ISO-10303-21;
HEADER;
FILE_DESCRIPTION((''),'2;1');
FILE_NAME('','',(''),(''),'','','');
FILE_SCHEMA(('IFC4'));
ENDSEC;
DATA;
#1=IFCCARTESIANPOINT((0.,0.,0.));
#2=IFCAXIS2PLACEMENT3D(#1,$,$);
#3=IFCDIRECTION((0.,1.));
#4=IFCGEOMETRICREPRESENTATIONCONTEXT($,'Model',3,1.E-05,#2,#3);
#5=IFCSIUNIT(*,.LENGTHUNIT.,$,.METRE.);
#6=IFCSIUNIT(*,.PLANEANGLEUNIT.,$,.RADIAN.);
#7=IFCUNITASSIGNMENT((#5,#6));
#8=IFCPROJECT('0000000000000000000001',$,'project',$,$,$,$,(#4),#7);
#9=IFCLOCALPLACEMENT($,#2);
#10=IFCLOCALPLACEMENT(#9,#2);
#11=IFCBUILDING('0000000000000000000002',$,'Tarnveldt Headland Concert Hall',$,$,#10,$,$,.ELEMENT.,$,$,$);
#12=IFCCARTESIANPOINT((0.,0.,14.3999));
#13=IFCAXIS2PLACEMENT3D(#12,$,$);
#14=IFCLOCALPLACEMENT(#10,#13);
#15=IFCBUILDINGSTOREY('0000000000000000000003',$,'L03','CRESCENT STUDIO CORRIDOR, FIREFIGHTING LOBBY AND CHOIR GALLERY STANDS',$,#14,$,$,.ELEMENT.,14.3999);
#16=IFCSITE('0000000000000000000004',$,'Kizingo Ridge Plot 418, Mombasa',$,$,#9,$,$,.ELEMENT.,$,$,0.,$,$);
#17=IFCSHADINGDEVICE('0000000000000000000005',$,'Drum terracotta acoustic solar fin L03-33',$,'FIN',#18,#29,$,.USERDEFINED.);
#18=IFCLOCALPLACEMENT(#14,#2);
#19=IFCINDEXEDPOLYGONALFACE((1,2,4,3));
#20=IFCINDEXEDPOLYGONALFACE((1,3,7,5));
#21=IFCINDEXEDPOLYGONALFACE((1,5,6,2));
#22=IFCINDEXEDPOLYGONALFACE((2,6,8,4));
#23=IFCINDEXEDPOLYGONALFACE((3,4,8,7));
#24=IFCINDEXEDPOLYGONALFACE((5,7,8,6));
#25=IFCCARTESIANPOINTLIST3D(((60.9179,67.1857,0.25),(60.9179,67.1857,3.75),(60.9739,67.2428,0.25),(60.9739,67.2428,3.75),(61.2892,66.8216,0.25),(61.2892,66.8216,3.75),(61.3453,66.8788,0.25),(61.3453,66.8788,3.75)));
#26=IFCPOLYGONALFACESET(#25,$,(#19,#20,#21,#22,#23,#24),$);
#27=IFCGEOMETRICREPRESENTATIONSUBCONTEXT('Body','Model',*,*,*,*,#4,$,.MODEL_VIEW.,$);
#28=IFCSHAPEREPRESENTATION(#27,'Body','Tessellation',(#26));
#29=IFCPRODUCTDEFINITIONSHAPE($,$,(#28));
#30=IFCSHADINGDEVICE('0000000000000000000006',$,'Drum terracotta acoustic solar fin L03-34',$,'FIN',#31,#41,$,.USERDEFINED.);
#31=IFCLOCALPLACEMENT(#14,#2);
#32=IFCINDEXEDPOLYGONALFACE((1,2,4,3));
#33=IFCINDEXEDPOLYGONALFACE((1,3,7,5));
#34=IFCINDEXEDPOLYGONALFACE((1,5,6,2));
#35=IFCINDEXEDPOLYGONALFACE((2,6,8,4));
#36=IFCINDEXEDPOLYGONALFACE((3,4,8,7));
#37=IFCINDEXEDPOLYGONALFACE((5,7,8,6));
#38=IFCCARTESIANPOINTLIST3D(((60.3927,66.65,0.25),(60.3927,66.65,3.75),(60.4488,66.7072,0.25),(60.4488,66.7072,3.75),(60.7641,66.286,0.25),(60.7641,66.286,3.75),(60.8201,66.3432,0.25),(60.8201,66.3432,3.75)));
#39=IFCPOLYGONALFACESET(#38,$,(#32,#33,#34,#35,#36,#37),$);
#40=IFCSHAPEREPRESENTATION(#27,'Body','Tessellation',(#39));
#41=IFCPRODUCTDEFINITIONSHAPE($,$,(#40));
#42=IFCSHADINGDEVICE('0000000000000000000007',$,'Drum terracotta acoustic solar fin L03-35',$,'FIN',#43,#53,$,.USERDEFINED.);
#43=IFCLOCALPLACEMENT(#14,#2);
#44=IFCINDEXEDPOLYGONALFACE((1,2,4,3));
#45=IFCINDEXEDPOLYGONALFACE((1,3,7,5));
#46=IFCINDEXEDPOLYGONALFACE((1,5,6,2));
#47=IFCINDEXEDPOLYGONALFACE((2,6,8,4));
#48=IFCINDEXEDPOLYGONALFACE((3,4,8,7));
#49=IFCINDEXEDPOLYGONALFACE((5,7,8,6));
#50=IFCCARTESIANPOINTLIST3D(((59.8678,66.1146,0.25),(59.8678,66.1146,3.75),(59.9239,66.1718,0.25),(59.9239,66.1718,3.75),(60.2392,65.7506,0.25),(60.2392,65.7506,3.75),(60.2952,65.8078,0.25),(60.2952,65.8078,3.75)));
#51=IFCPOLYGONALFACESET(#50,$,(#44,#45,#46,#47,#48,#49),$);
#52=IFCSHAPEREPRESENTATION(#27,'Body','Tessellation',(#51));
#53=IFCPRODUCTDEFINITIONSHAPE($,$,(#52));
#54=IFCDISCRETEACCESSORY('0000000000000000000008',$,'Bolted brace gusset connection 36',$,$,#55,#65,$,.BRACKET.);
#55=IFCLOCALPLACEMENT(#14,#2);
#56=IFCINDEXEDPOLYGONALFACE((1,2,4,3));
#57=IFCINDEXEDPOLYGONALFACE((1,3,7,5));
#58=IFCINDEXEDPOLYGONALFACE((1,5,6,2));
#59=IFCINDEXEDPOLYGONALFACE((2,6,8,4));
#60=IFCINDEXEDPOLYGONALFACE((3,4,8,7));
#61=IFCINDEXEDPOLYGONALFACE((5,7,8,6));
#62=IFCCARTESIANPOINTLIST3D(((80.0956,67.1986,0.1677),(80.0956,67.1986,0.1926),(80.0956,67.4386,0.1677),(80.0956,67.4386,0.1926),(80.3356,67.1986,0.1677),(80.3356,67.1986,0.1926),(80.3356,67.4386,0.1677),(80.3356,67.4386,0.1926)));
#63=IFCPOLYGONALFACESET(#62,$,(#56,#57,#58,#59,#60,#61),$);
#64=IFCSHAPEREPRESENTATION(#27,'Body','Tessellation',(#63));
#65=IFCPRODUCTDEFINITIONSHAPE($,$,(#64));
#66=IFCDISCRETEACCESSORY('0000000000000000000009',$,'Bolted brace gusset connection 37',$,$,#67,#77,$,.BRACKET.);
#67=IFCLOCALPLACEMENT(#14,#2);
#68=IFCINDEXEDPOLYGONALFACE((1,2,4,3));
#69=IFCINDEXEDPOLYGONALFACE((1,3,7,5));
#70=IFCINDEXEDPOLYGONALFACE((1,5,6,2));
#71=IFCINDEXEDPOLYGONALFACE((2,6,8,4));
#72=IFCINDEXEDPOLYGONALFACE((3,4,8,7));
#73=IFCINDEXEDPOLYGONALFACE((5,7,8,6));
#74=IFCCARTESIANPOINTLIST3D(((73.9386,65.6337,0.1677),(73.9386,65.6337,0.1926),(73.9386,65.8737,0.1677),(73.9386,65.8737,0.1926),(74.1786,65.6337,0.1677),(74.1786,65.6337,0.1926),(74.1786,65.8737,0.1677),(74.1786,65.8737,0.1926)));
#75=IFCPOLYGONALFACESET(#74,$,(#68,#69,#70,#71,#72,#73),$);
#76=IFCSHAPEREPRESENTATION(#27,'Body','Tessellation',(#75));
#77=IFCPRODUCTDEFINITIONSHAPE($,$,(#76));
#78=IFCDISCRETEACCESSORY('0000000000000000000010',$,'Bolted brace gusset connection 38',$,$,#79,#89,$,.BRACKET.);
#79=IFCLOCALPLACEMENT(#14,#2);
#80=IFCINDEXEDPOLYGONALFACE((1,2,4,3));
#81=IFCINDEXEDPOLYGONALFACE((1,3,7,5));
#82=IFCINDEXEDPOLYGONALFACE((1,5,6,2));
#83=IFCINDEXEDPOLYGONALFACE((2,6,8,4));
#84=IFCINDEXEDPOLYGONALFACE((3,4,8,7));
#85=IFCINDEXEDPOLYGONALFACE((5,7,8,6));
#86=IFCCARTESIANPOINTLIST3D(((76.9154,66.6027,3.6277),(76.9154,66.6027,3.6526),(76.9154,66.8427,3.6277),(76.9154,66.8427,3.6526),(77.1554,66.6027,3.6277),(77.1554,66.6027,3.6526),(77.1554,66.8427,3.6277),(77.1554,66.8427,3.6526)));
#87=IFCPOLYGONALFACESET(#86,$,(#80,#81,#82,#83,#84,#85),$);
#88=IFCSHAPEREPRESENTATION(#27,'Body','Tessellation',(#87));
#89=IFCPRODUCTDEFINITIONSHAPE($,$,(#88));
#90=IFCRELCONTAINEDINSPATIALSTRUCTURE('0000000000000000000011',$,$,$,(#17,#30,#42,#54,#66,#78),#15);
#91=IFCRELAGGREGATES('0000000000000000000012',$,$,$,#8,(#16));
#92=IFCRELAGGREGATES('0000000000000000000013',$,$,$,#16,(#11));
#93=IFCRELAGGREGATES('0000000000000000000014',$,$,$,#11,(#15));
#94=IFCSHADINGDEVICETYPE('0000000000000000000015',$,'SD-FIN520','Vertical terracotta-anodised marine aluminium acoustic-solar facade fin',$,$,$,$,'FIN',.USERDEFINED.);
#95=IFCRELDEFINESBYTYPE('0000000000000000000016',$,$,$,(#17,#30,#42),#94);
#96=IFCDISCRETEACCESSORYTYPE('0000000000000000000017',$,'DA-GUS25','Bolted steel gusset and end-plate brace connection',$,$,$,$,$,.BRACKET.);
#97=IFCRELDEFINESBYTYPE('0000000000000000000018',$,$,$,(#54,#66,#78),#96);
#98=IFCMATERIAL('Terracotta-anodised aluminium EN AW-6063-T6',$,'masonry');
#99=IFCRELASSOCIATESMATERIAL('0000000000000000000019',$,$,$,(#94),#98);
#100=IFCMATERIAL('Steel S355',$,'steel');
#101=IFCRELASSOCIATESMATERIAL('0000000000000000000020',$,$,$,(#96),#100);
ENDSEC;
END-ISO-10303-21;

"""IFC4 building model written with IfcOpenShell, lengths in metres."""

from ifc_helpers import new_model, si_unit, direction, frame, origin, origin_2d, place, context, subcontext, project, spatial, rectangle, extrude, material, type_object, element, save


model = new_model("IFC4")

# Units and contexts
model_context = context("Model", 3, precision=1e-05, world=origin(), true_north=direction((0.0, 1.0)))
body_context = subcontext(model_context, "Body", "Model", "MODEL_VIEW")
ifc_project = project(units=[si_unit("LENGTHUNIT", "METRE"), si_unit("PLANEANGLEUNIT", "RADIAN")], contexts=[model_context])

# Site, building, storey
site_placement = place(None, origin())
site = spatial("IfcSite", under=ifc_project, at=site_placement, Name="Kizingo Ridge Plot 418, Mombasa", CompositionType="ELEMENT", RefElevation=0.0)
building_placement = place(site_placement, origin())
building = spatial("IfcBuilding", under=site, at=building_placement, Name="Tarnveldt Headland Concert Hall", CompositionType="ELEMENT")
storey_placement = place(building_placement, frame((0.0, 0.0, 14.3999)))
storey = spatial("IfcBuildingStorey", under=building, at=storey_placement, Name="L03", Description="CRESCENT STUDIO CORRIDOR, FIREFIGHTING LOBBY AND CHOIR GALLERY STANDS", CompositionType="ELEMENT", Elevation=14.3999)

# Shared definitions
ifc_material_1 = material(Name="Steel S355", Category="steel")

# Shading devices
ifc_material_2 = material(Name="Terracotta-anodised aluminium EN AW-6063-T6", Category="masonry")
shading_device_type = type_object("IfcShadingDeviceType", Name="SD-FIN520", Description="Vertical terracotta-anodised marine aluminium acoustic-solar facade fin", ElementType="FIN", PredefinedType="USERDEFINED", material=ifc_material_2)
for number, where, z_axis, x_axis, name in (
    (1, (61.1316, 67.0322, 0.25), (0.0, 0.0, 1.0), (-0.714106, 0.700037, 0.0), "Drum terracotta acoustic solar fin L03-33"),
    (2, (60.6064, 66.4966, 0.25), (0.0, 0.0, 1.0), (-0.714106, 0.700037, 0.0), "Drum terracotta acoustic solar fin L03-34"),
    (3, (60.0815, 65.9612, 0.25), (0.0, 0.0, 1.0), (-0.714106, 0.700037, 0.0), "Drum terracotta acoustic solar fin L03-35"),
):
    element("IfcShadingDevice", number, at=place(storey_placement, frame(where, z_axis=z_axis, x_axis=x_axis)), inside=storey, type_object=shading_device_type, Name=name, ObjectType="FIN", PredefinedType="USERDEFINED", context=body_context, shape_type="SweptSolid", body=[
        extrude(rectangle(XDim=0.52, YDim=0.0801, at=origin_2d()), origin(), (0.0, 0.0, 1.0), 3.5),
    ])

# Discrete accessories
discrete_accessory_type = type_object("IfcDiscreteAccessoryType", Name="DA-GUS25", Description="Bolted steel gusset and end-plate brace connection", PredefinedType="BRACKET", material=ifc_material_1)
for number, where, z_axis, x_axis, name in (
    (4, (80.2156, 67.3186, 0.1677), (0.0, 0.0, 1.0), (1.0, 0.0, 0.0), "Bolted brace gusset connection 36"),
    (5, (74.0586, 65.7537, 0.1677), (0.0, 0.0, 1.0), (1.0, 0.0, 0.0), "Bolted brace gusset connection 37"),
    (6, (77.0354, 66.7227, 3.6277), (0.0, 0.0, 1.0), (1.0, 0.0, 0.0), "Bolted brace gusset connection 38"),
):
    element("IfcDiscreteAccessory", number, at=place(storey_placement, frame(where, z_axis=z_axis, x_axis=x_axis)), inside=storey, type_object=discrete_accessory_type, Name=name, PredefinedType="BRACKET", context=body_context, shape_type="SweptSolid", body=[
        extrude(rectangle(XDim=0.24, YDim=0.24, at=origin_2d()), origin(), (0.0, 0.0, 1.0), 0.0249),
    ])

save(model, "model.ifc")
